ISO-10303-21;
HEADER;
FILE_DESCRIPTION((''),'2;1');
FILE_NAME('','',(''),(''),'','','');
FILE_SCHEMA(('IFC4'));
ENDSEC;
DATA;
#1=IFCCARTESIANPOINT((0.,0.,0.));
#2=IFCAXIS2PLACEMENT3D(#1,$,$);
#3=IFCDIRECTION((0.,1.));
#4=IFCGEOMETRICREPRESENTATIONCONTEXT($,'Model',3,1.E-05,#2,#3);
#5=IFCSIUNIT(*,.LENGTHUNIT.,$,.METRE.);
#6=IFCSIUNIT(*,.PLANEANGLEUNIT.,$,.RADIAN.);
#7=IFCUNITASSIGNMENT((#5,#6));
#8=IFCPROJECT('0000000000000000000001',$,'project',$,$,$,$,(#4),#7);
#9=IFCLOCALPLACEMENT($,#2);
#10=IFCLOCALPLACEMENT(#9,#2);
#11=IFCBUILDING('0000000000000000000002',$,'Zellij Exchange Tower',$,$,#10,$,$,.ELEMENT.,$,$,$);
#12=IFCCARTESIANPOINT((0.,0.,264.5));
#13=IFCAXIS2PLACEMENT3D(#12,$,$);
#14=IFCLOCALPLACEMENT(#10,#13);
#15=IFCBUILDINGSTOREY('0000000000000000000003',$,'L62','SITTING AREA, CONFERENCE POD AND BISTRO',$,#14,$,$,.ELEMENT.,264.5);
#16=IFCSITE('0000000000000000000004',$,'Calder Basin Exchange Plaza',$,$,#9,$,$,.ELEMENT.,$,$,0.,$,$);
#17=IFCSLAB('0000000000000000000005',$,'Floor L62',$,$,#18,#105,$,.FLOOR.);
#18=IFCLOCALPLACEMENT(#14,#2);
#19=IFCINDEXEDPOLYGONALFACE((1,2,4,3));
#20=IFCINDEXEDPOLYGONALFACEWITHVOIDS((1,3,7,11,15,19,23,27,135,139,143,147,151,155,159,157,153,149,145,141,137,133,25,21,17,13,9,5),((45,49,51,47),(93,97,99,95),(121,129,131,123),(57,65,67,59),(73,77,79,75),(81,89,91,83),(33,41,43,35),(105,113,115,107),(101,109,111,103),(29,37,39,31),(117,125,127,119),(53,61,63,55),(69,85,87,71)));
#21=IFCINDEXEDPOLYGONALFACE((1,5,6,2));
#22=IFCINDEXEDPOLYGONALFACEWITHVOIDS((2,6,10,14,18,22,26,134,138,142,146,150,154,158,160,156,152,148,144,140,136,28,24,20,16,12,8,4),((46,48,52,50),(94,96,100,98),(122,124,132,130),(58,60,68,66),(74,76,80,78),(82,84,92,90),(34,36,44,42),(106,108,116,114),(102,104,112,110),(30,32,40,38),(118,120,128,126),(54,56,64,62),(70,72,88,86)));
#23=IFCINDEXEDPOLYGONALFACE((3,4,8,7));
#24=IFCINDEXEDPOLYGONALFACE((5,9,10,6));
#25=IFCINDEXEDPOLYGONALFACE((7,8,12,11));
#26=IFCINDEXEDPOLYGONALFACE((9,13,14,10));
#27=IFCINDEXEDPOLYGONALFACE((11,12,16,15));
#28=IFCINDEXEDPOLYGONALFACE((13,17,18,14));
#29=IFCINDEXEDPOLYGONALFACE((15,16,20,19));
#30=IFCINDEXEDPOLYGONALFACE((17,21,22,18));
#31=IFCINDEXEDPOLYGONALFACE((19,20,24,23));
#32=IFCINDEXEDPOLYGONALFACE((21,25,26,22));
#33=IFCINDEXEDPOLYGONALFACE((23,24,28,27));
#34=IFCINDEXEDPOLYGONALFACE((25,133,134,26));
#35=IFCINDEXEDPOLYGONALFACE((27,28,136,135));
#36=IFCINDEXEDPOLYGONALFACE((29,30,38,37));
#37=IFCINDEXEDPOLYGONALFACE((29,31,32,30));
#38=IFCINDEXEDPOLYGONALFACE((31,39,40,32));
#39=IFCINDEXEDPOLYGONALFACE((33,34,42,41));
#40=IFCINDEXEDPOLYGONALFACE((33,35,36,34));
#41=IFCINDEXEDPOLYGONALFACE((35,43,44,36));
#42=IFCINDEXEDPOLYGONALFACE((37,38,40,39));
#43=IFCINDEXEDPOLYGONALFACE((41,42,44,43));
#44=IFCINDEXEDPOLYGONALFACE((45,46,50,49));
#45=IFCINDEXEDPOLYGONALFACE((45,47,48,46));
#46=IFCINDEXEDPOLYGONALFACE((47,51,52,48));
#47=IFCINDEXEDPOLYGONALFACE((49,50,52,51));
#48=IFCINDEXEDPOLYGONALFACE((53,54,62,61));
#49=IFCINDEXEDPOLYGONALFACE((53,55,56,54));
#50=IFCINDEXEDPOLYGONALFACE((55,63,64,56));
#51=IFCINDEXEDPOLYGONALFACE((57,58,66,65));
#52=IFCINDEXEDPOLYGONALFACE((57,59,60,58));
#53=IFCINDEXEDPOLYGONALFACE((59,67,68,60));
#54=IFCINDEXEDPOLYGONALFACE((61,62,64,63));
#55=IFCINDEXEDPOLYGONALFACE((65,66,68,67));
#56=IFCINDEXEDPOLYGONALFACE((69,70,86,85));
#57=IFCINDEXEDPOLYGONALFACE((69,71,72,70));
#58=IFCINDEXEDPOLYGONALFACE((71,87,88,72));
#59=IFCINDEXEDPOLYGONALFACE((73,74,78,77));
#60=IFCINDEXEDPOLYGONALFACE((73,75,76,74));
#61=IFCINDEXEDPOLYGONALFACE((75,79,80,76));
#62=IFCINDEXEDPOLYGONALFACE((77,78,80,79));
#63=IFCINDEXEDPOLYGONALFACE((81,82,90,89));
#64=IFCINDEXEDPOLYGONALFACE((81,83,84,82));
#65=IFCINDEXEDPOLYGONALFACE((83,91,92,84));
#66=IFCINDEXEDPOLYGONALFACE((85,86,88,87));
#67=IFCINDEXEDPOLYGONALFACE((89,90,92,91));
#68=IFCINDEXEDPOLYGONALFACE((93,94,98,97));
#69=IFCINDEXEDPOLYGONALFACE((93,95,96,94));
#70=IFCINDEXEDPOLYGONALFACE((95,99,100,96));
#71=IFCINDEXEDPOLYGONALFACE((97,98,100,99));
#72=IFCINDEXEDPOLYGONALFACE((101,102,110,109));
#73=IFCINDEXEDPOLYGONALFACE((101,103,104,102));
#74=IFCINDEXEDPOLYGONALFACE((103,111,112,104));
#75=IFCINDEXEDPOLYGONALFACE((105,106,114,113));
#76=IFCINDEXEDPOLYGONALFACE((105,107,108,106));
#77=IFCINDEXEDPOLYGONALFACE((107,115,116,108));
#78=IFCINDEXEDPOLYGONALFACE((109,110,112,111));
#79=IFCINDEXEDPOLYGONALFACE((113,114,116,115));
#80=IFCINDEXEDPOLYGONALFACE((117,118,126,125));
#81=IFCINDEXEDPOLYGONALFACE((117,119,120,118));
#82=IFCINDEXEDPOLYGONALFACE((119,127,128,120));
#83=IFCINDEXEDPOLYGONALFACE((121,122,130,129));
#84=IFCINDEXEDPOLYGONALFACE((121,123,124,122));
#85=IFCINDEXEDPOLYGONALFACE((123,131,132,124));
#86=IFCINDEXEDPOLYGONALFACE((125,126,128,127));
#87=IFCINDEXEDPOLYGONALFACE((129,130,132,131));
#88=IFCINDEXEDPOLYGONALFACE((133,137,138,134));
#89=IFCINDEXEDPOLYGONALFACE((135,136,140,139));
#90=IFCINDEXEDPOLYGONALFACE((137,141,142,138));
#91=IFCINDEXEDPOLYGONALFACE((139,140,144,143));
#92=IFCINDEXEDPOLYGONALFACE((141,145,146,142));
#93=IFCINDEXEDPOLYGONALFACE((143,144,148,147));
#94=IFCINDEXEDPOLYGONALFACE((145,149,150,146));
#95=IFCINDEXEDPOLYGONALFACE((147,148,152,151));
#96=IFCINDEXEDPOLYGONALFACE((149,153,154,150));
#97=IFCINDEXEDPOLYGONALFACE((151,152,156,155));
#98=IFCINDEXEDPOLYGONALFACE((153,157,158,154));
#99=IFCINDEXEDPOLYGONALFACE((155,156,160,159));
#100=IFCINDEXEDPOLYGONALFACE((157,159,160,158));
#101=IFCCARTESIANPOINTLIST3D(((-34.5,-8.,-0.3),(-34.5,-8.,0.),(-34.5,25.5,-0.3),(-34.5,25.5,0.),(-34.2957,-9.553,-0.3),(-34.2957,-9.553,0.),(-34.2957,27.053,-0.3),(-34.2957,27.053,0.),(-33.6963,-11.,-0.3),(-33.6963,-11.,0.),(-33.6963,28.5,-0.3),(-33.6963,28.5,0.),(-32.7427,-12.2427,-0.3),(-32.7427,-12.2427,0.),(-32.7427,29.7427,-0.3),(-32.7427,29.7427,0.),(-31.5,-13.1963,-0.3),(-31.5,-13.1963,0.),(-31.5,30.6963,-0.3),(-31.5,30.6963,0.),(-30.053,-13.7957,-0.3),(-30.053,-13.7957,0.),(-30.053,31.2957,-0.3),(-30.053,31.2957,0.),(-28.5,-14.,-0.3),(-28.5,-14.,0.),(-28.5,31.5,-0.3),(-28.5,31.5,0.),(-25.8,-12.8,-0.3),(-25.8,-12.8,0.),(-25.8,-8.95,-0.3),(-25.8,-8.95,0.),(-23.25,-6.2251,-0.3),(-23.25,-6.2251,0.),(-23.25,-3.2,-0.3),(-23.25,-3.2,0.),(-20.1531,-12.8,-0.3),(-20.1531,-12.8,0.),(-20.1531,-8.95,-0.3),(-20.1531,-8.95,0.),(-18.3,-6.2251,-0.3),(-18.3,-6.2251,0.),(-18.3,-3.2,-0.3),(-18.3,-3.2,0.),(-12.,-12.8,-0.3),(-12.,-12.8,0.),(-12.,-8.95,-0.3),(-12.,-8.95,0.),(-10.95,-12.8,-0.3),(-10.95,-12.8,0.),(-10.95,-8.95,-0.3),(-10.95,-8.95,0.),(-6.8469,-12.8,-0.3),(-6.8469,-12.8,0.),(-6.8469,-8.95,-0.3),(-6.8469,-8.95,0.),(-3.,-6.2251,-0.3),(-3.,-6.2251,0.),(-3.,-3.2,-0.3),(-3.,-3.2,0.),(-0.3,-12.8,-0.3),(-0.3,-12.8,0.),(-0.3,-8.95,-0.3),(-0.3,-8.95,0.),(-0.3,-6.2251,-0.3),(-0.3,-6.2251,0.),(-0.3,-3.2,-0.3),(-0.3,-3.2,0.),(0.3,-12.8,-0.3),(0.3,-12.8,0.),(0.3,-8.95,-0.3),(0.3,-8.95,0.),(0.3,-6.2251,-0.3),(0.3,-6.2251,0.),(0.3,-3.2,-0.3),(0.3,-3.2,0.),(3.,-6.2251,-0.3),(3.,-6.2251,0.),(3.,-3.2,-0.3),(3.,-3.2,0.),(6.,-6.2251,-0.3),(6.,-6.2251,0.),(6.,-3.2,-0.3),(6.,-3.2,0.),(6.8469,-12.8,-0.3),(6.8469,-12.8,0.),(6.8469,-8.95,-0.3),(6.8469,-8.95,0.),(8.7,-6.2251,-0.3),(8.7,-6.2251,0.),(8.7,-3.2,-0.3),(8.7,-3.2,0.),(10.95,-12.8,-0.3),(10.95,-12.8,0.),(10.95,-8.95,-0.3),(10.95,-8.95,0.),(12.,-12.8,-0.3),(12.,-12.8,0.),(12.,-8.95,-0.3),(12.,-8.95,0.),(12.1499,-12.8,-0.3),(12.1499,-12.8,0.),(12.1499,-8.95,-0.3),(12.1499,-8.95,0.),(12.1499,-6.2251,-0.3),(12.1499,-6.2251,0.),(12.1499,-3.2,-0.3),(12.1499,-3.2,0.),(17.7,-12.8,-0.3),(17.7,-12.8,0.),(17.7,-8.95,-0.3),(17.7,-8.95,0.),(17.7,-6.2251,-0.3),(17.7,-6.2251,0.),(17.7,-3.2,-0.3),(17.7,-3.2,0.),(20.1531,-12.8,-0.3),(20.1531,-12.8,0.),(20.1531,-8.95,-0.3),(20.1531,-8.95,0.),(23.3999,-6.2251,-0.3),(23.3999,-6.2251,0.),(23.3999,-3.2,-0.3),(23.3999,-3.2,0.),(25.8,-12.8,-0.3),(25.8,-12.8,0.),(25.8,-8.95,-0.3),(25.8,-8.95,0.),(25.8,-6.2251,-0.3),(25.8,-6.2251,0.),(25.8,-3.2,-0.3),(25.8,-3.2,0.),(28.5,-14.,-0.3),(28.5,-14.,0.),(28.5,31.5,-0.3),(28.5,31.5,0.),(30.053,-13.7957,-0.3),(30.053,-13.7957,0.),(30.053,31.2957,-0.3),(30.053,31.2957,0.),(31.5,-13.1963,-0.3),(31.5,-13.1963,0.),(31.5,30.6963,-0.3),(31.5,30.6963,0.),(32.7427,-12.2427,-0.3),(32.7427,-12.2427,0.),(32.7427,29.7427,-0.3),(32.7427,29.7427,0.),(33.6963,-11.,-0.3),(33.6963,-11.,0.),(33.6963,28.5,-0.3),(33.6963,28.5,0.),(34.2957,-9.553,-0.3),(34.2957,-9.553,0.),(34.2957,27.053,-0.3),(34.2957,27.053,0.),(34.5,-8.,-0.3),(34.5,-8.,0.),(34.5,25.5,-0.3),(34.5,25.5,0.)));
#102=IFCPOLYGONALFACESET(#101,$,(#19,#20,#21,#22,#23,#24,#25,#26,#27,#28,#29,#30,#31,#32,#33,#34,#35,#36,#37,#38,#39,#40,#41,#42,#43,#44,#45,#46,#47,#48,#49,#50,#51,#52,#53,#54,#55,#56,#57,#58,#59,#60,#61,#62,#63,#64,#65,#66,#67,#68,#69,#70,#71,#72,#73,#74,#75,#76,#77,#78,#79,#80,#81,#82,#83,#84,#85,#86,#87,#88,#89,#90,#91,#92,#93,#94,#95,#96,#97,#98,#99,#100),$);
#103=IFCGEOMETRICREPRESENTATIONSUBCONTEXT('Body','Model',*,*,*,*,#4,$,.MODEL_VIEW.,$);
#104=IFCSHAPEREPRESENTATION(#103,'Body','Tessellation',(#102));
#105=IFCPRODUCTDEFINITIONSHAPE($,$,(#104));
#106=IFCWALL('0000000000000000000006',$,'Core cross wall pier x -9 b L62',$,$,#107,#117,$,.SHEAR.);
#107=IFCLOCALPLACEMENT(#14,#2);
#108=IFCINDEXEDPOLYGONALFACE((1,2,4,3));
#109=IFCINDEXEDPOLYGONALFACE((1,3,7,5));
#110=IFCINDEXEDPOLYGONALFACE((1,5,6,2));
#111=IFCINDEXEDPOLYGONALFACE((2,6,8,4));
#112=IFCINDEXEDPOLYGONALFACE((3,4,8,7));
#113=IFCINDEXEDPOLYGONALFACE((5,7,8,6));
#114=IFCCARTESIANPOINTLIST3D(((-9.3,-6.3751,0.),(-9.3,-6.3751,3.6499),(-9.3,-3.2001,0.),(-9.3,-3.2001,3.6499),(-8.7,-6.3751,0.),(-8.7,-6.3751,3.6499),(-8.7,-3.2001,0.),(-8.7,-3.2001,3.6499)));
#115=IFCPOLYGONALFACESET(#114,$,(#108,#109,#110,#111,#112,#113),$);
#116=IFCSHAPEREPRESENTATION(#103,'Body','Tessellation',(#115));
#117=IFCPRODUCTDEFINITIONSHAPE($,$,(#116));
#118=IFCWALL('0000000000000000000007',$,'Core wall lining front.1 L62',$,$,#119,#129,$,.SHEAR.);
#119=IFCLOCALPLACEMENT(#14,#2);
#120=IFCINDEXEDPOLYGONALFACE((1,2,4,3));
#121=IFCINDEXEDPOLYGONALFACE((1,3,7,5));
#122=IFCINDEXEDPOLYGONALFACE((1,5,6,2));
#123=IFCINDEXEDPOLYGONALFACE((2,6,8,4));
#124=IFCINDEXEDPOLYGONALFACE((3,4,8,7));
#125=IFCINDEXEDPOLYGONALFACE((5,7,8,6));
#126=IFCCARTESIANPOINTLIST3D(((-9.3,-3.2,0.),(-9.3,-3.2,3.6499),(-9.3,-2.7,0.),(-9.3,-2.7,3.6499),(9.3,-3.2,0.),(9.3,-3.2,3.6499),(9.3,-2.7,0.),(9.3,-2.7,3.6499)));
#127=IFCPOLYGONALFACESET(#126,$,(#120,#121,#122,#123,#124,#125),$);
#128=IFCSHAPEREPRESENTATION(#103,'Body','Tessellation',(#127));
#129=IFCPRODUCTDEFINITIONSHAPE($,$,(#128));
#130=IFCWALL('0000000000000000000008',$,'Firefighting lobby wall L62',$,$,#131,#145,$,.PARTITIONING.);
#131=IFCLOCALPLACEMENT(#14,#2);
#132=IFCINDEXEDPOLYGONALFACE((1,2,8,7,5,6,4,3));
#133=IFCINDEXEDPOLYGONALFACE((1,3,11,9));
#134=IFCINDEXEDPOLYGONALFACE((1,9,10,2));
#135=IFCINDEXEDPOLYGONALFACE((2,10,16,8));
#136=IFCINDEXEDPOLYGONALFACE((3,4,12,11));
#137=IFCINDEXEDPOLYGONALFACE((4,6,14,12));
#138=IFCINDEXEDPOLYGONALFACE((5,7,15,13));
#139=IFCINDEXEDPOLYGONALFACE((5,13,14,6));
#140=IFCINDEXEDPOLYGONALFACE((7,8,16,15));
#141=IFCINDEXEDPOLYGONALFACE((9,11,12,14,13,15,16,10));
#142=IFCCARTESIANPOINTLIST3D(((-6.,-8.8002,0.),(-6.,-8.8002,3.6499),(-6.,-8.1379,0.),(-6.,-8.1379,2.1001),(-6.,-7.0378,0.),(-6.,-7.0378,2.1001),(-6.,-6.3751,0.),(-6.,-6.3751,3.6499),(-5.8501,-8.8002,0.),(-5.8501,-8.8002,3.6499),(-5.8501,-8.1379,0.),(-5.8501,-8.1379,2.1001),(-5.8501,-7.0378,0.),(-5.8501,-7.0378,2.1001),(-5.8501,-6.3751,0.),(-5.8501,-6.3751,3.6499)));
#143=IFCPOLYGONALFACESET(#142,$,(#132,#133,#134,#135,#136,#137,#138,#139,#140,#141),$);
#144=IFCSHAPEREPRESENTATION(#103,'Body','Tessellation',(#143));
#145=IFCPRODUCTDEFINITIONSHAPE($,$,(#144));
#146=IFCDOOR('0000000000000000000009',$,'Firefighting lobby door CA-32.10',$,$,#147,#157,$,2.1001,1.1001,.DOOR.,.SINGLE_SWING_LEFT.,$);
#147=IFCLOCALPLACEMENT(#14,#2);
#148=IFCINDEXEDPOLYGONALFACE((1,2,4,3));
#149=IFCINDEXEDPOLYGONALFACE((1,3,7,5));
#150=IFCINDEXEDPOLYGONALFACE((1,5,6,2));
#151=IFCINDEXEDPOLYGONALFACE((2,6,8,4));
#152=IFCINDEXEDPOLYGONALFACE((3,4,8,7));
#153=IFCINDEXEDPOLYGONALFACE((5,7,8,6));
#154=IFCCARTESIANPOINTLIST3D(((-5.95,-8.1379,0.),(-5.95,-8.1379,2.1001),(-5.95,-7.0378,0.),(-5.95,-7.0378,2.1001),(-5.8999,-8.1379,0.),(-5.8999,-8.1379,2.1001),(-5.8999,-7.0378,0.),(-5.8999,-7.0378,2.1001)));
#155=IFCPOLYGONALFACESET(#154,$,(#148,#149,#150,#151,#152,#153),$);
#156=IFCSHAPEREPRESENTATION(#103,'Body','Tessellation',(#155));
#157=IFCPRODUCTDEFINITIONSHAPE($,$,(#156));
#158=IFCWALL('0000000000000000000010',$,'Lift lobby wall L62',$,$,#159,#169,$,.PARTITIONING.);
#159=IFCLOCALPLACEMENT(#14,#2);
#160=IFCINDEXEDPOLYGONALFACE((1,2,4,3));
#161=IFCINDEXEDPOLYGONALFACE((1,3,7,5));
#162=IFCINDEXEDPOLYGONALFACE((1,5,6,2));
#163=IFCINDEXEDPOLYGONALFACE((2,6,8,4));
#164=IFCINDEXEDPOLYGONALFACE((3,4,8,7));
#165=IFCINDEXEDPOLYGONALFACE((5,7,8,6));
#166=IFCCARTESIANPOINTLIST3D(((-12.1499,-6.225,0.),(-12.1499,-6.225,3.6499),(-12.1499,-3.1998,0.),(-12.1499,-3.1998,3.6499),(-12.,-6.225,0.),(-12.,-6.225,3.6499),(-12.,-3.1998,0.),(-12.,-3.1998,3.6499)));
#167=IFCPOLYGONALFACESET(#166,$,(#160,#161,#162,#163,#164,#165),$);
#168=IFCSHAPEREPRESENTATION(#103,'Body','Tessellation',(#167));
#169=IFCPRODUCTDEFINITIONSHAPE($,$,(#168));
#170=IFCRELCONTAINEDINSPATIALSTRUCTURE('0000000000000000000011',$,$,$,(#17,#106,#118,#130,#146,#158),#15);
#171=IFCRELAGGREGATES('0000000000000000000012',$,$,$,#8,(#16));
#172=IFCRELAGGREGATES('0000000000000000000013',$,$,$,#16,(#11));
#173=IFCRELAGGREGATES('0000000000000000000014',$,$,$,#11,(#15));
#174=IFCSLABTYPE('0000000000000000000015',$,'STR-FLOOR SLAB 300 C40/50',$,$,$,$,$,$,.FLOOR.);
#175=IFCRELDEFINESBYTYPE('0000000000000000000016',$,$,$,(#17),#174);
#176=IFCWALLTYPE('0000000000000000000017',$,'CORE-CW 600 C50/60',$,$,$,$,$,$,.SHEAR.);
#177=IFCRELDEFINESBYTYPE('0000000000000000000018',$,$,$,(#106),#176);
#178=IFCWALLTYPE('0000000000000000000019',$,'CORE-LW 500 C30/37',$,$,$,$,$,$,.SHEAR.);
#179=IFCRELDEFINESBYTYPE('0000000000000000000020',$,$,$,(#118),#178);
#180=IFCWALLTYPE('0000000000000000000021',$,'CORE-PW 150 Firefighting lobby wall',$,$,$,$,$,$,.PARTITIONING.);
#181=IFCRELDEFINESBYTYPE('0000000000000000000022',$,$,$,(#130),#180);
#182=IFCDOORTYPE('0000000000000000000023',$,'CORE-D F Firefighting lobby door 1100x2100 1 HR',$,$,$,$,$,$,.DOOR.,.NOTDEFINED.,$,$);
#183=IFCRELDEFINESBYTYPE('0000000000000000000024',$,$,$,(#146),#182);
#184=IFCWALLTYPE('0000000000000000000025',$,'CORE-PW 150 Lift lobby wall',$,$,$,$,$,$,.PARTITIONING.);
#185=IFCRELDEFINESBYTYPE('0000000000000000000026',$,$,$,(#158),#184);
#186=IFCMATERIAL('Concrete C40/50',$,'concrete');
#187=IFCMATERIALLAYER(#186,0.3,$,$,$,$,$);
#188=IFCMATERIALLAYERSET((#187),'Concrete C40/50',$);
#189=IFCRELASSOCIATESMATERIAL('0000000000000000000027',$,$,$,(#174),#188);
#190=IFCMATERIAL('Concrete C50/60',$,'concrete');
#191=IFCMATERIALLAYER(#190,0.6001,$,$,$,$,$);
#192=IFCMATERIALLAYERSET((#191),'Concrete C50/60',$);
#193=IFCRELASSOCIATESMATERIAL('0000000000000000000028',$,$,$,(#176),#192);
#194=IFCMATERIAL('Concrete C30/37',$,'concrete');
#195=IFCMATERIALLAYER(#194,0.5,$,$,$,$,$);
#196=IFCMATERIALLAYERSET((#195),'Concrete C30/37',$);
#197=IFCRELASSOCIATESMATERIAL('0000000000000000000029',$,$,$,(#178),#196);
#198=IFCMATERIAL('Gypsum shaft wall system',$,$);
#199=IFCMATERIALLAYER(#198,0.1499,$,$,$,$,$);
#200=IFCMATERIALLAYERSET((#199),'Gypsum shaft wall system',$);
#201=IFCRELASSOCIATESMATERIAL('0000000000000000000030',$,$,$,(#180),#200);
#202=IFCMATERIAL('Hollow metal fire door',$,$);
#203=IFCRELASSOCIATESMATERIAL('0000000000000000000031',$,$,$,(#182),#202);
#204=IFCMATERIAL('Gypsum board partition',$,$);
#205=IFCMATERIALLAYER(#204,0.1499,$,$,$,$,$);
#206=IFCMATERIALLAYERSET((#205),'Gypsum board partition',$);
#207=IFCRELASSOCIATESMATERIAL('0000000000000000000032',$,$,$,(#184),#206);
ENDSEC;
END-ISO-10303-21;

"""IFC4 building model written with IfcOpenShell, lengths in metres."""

from ifc_helpers import new_model, si_unit, direction, frame, frame_2d, origin, place, context, subcontext, project, spatial, polyline, rectangle, outline, extrude, material, layer, layer_set, type_object, element, fill, save


model = new_model("IFC4")

# Units and contexts
model_context = context("Model", 3, precision=1e-05, world=origin(), true_north=direction((0.0, 1.0)))
body_context = subcontext(model_context, "Body", "Model", "MODEL_VIEW")
ifc_project = project(units=[si_unit("LENGTHUNIT", "METRE"), si_unit("PLANEANGLEUNIT", "RADIAN")], contexts=[model_context])

# Site, building, storey
site_placement = place(None, origin())
site = spatial("IfcSite", under=ifc_project, at=site_placement, Name="Calder Basin Exchange Plaza", CompositionType="ELEMENT", RefElevation=0.0)
building_placement = place(site_placement, origin())
building = spatial("IfcBuilding", under=site, at=building_placement, Name="Zellij Exchange Tower", CompositionType="ELEMENT")
storey_placement = place(building_placement, frame((0.0, 0.0, 264.5)))
storey = spatial("IfcBuildingStorey", under=building, at=storey_placement, Name="L62", Description="SITTING AREA, CONFERENCE POD AND BISTRO", CompositionType="ELEMENT", Elevation=264.5)

# Slab
ifc_material_1 = material(Name="Concrete C40/50", Category="concrete")
ifc_layer_1 = layer(ifc_material_1, 0.3)
ifc_layer_set_1 = layer_set([ifc_layer_1], Name="Concrete C40/50")
slab_type = type_object("IfcSlabType", Name="STR-FLOOR SLAB 300 C40/50", PredefinedType="FLOOR", material=ifc_layer_set_1)
slab_placement = place(storey_placement, frame((0.0, 0.0, -0.3)))
element("IfcSlab", 1, at=slab_placement, inside=storey, type_object=slab_type, Name="Floor L62", PredefinedType="FLOOR", context=body_context, shape_type="SweptSolid", body=[
    extrude(outline(polyline([(-28.5, -14.0), (-30.053, -13.7957), (-31.5, -13.1963), (-32.7427, -12.2427), (-33.6963, -11.0), (-34.2957, -9.553), (-34.5, -8.0), (-34.5, 25.5), (-34.2957, 27.053), (-33.6963, 28.5), (-32.7427, 29.7427), (-31.5, 30.6963), (-30.053, 31.2957), (-28.5, 31.5), (28.5, 31.5), (30.053, 31.2957), (31.5, 30.6963), (32.7427, 29.7427), (33.6963, 28.5), (34.2957, 27.053), (34.5, 25.5), (34.5, -8.0), (34.2957, -9.553), (33.6963, -11.0), (32.7427, -12.2427), (31.5, -13.1963), (30.053, -13.7957), (28.5, -14.0), (-28.5, -14.0)]), holes=[polyline([(-25.8, -8.95), (-25.8, -12.8), (-20.1531, -12.8), (-20.1531, -8.95), (-25.8, -8.95)]), polyline([(-10.95, -8.95), (-12.0, -8.95), (-12.0, -12.8), (-10.95, -12.8), (-10.95, -8.95)]), polyline([(-0.3, -8.95), (-6.8469, -8.95), (-6.8469, -12.8), (-0.3, -12.8), (-0.3, -8.95)]), polyline([(0.3, -8.95), (0.3, -12.8), (6.8469, -12.8), (6.8469, -8.95), (0.3, -8.95)]), polyline([(-18.3, -3.2), (-23.25, -3.2), (-23.25, -6.2251), (-18.3, -6.2251), (-18.3, -3.2)]), polyline([(-0.3, -3.2), (-3.0, -3.2), (-3.0, -6.2251), (-0.3, -6.2251), (-0.3, -3.2)]), polyline([(0.3, -3.2), (0.3, -6.2251), (3.0, -6.2251), (3.0, -3.2), (0.3, -3.2)]), polyline([(12.0, -8.95), (10.95, -8.95), (10.95, -12.8), (12.0, -12.8), (12.0, -8.95)]), polyline([(17.7, -8.95), (12.1499, -8.95), (12.1499, -12.8), (17.7, -12.8), (17.7, -8.95)]), polyline([(25.8, -8.95), (20.1531, -8.95), (20.1531, -12.8), (25.8, -12.8), (25.8, -8.95)]), polyline([(8.7, -3.2), (6.0, -3.2), (6.0, -6.2251), (8.7, -6.2251), (8.7, -3.2)]), polyline([(17.7, -3.2), (12.1499, -3.2), (12.1499, -6.2251), (17.7, -6.2251), (17.7, -3.2)]), polyline([(25.8, -3.2), (23.3999, -3.2), (23.3999, -6.2251), (25.8, -6.2251), (25.8, -3.2)])]), origin(), (0.0, 0.0, 1.0), 0.3),
])

# Walls
ifc_material_2 = material(Name="Concrete C50/60", Category="concrete")
ifc_layer_2 = layer(ifc_material_2, 0.6001)
ifc_layer_set_2 = layer_set([ifc_layer_2], Name="Concrete C50/60")
wall_type_1 = type_object("IfcWallType", Name="CORE-CW 600 C50/60", PredefinedType="SHEAR", material=ifc_layer_set_2)
wall_1_placement = place(storey_placement, frame((-9.0, -6.375, 0.0), z_axis=(0.0, 0.0, 1.0), x_axis=(0.0, 1.0, 0.0)))
element("IfcWall", 2, at=wall_1_placement, inside=storey, type_object=wall_type_1, Name="Core cross wall pier x -9 b L62", PredefinedType="SHEAR", context=body_context, shape_type="SweptSolid", body=[
    extrude(rectangle(XDim=3.175, YDim=0.6001, at=frame_2d((1.5874, 0.0))), origin(), (0.0, 0.0, 1.0), 3.6499),
])
ifc_material_3 = material(Name="Concrete C30/37", Category="concrete")
ifc_layer_3 = layer(ifc_material_3, 0.5)
ifc_layer_set_3 = layer_set([ifc_layer_3], Name="Concrete C30/37")
wall_type_2 = type_object("IfcWallType", Name="CORE-LW 500 C30/37", PredefinedType="SHEAR", material=ifc_layer_set_3)
wall_2_placement = place(storey_placement, frame((-9.3, -2.95, 0.0), z_axis=(0.0, 0.0, 1.0), x_axis=(1.0, 0.0, 0.0)))
element("IfcWall", 3, at=wall_2_placement, inside=storey, type_object=wall_type_2, Name="Core wall lining front.1 L62", PredefinedType="SHEAR", context=body_context, shape_type="SweptSolid", body=[
    extrude(rectangle(XDim=18.6001, YDim=0.5, at=frame_2d((9.3, 0.0))), origin(), (0.0, 0.0, 1.0), 3.6499),
])

# Wall, opening, door
ifc_material_4 = material(Name="Gypsum shaft wall system")
ifc_layer_4 = layer(ifc_material_4, 0.1499)
ifc_layer_set_4 = layer_set([ifc_layer_4], Name="Gypsum shaft wall system")
wall_type_3 = type_object("IfcWallType", Name="CORE-PW 150 Firefighting lobby wall", PredefinedType="PARTITIONING", material=ifc_layer_set_4)
wall_3_placement = place(storey_placement, frame((-5.925, -8.8, 0.0), z_axis=(0.0, 0.0, 1.0), x_axis=(0.0, 1.0, 0.0)))
wall_3 = element("IfcWall", 4, at=wall_3_placement, inside=storey, type_object=wall_type_3, Name="Firefighting lobby wall L62", PredefinedType="PARTITIONING", context=body_context, shape_type="SweptSolid", body=[
    extrude(rectangle(XDim=2.425, YDim=0.1499, at=frame_2d((1.2124, 0.0))), origin(), (0.0, 0.0, 1.0), 3.6499),
])
opening_1_placement = place(wall_3_placement, frame((0.6621, 0.0, 0.0)))
opening_1 = element("IfcOpeningElement", 5, at=opening_1_placement, cuts=wall_3, PredefinedType="OPENING", context=body_context, shape_type="SweptSolid", body=[
    extrude(rectangle(XDim=1.1001, YDim=2.1001, at=frame_2d((0.55, 1.05))), frame((0.0, 0.0869, 0.0), z_axis=(0.0, -1.0, 0.0), x_axis=(1.0, 0.0, 0.0)), (0.0, 0.0, 1.0), 0.1738),
])
ifc_material_5 = material(Name="Hollow metal fire door")
door_type_1 = type_object("IfcDoorType", Name="CORE-D F Firefighting lobby door 1100x2100 1 HR", OperationType="NOTDEFINED", PredefinedType="DOOR", material=ifc_material_5)
door_1_placement = place(opening_1_placement, origin())
door_1 = element("IfcDoor", 6, at=door_1_placement, inside=storey, type_object=door_type_1, Name="Firefighting lobby door CA-32.10", OperationType="SINGLE_SWING_LEFT", OverallHeight=2.1001, OverallWidth=1.1001, PredefinedType="DOOR", context=body_context, shape_type="SweptSolid", body=[
    extrude(rectangle(XDim=1.1001, YDim=2.1001, at=frame_2d((0.55, 1.05))), frame((0.0, 0.0249, 0.0), z_axis=(0.0, -1.0, 0.0), x_axis=(1.0, 0.0, 0.0)), (0.0, 0.0, 1.0), 0.05),
])
fill(opening_1, door_1)

# Wall
ifc_material_6 = material(Name="Gypsum board partition")
ifc_layer_5 = layer(ifc_material_6, 0.1499)
ifc_layer_set_5 = layer_set([ifc_layer_5], Name="Gypsum board partition")
wall_type_4 = type_object("IfcWallType", Name="CORE-PW 150 Lift lobby wall", PredefinedType="PARTITIONING", material=ifc_layer_set_5)
for number, where, z_axis, x_axis, name in (
    (7, (-12.075, -6.2251, 0.0), (0.0, 0.0, 1.0), (0.0, 1.0, 0.0), "Lift lobby wall L62"),
):
    element("IfcWall", number, at=place(storey_placement, frame(where, z_axis=z_axis, x_axis=x_axis)), inside=storey, type_object=wall_type_4, Name=name, PredefinedType="PARTITIONING", context=body_context, shape_type="SweptSolid", body=[
        extrude(rectangle(XDim=3.0251, YDim=0.1499, at=frame_2d((1.5127, 0.0))), origin(), (0.0, 0.0, 1.0), 3.6499),
    ])

save(model, "model.ifc")
